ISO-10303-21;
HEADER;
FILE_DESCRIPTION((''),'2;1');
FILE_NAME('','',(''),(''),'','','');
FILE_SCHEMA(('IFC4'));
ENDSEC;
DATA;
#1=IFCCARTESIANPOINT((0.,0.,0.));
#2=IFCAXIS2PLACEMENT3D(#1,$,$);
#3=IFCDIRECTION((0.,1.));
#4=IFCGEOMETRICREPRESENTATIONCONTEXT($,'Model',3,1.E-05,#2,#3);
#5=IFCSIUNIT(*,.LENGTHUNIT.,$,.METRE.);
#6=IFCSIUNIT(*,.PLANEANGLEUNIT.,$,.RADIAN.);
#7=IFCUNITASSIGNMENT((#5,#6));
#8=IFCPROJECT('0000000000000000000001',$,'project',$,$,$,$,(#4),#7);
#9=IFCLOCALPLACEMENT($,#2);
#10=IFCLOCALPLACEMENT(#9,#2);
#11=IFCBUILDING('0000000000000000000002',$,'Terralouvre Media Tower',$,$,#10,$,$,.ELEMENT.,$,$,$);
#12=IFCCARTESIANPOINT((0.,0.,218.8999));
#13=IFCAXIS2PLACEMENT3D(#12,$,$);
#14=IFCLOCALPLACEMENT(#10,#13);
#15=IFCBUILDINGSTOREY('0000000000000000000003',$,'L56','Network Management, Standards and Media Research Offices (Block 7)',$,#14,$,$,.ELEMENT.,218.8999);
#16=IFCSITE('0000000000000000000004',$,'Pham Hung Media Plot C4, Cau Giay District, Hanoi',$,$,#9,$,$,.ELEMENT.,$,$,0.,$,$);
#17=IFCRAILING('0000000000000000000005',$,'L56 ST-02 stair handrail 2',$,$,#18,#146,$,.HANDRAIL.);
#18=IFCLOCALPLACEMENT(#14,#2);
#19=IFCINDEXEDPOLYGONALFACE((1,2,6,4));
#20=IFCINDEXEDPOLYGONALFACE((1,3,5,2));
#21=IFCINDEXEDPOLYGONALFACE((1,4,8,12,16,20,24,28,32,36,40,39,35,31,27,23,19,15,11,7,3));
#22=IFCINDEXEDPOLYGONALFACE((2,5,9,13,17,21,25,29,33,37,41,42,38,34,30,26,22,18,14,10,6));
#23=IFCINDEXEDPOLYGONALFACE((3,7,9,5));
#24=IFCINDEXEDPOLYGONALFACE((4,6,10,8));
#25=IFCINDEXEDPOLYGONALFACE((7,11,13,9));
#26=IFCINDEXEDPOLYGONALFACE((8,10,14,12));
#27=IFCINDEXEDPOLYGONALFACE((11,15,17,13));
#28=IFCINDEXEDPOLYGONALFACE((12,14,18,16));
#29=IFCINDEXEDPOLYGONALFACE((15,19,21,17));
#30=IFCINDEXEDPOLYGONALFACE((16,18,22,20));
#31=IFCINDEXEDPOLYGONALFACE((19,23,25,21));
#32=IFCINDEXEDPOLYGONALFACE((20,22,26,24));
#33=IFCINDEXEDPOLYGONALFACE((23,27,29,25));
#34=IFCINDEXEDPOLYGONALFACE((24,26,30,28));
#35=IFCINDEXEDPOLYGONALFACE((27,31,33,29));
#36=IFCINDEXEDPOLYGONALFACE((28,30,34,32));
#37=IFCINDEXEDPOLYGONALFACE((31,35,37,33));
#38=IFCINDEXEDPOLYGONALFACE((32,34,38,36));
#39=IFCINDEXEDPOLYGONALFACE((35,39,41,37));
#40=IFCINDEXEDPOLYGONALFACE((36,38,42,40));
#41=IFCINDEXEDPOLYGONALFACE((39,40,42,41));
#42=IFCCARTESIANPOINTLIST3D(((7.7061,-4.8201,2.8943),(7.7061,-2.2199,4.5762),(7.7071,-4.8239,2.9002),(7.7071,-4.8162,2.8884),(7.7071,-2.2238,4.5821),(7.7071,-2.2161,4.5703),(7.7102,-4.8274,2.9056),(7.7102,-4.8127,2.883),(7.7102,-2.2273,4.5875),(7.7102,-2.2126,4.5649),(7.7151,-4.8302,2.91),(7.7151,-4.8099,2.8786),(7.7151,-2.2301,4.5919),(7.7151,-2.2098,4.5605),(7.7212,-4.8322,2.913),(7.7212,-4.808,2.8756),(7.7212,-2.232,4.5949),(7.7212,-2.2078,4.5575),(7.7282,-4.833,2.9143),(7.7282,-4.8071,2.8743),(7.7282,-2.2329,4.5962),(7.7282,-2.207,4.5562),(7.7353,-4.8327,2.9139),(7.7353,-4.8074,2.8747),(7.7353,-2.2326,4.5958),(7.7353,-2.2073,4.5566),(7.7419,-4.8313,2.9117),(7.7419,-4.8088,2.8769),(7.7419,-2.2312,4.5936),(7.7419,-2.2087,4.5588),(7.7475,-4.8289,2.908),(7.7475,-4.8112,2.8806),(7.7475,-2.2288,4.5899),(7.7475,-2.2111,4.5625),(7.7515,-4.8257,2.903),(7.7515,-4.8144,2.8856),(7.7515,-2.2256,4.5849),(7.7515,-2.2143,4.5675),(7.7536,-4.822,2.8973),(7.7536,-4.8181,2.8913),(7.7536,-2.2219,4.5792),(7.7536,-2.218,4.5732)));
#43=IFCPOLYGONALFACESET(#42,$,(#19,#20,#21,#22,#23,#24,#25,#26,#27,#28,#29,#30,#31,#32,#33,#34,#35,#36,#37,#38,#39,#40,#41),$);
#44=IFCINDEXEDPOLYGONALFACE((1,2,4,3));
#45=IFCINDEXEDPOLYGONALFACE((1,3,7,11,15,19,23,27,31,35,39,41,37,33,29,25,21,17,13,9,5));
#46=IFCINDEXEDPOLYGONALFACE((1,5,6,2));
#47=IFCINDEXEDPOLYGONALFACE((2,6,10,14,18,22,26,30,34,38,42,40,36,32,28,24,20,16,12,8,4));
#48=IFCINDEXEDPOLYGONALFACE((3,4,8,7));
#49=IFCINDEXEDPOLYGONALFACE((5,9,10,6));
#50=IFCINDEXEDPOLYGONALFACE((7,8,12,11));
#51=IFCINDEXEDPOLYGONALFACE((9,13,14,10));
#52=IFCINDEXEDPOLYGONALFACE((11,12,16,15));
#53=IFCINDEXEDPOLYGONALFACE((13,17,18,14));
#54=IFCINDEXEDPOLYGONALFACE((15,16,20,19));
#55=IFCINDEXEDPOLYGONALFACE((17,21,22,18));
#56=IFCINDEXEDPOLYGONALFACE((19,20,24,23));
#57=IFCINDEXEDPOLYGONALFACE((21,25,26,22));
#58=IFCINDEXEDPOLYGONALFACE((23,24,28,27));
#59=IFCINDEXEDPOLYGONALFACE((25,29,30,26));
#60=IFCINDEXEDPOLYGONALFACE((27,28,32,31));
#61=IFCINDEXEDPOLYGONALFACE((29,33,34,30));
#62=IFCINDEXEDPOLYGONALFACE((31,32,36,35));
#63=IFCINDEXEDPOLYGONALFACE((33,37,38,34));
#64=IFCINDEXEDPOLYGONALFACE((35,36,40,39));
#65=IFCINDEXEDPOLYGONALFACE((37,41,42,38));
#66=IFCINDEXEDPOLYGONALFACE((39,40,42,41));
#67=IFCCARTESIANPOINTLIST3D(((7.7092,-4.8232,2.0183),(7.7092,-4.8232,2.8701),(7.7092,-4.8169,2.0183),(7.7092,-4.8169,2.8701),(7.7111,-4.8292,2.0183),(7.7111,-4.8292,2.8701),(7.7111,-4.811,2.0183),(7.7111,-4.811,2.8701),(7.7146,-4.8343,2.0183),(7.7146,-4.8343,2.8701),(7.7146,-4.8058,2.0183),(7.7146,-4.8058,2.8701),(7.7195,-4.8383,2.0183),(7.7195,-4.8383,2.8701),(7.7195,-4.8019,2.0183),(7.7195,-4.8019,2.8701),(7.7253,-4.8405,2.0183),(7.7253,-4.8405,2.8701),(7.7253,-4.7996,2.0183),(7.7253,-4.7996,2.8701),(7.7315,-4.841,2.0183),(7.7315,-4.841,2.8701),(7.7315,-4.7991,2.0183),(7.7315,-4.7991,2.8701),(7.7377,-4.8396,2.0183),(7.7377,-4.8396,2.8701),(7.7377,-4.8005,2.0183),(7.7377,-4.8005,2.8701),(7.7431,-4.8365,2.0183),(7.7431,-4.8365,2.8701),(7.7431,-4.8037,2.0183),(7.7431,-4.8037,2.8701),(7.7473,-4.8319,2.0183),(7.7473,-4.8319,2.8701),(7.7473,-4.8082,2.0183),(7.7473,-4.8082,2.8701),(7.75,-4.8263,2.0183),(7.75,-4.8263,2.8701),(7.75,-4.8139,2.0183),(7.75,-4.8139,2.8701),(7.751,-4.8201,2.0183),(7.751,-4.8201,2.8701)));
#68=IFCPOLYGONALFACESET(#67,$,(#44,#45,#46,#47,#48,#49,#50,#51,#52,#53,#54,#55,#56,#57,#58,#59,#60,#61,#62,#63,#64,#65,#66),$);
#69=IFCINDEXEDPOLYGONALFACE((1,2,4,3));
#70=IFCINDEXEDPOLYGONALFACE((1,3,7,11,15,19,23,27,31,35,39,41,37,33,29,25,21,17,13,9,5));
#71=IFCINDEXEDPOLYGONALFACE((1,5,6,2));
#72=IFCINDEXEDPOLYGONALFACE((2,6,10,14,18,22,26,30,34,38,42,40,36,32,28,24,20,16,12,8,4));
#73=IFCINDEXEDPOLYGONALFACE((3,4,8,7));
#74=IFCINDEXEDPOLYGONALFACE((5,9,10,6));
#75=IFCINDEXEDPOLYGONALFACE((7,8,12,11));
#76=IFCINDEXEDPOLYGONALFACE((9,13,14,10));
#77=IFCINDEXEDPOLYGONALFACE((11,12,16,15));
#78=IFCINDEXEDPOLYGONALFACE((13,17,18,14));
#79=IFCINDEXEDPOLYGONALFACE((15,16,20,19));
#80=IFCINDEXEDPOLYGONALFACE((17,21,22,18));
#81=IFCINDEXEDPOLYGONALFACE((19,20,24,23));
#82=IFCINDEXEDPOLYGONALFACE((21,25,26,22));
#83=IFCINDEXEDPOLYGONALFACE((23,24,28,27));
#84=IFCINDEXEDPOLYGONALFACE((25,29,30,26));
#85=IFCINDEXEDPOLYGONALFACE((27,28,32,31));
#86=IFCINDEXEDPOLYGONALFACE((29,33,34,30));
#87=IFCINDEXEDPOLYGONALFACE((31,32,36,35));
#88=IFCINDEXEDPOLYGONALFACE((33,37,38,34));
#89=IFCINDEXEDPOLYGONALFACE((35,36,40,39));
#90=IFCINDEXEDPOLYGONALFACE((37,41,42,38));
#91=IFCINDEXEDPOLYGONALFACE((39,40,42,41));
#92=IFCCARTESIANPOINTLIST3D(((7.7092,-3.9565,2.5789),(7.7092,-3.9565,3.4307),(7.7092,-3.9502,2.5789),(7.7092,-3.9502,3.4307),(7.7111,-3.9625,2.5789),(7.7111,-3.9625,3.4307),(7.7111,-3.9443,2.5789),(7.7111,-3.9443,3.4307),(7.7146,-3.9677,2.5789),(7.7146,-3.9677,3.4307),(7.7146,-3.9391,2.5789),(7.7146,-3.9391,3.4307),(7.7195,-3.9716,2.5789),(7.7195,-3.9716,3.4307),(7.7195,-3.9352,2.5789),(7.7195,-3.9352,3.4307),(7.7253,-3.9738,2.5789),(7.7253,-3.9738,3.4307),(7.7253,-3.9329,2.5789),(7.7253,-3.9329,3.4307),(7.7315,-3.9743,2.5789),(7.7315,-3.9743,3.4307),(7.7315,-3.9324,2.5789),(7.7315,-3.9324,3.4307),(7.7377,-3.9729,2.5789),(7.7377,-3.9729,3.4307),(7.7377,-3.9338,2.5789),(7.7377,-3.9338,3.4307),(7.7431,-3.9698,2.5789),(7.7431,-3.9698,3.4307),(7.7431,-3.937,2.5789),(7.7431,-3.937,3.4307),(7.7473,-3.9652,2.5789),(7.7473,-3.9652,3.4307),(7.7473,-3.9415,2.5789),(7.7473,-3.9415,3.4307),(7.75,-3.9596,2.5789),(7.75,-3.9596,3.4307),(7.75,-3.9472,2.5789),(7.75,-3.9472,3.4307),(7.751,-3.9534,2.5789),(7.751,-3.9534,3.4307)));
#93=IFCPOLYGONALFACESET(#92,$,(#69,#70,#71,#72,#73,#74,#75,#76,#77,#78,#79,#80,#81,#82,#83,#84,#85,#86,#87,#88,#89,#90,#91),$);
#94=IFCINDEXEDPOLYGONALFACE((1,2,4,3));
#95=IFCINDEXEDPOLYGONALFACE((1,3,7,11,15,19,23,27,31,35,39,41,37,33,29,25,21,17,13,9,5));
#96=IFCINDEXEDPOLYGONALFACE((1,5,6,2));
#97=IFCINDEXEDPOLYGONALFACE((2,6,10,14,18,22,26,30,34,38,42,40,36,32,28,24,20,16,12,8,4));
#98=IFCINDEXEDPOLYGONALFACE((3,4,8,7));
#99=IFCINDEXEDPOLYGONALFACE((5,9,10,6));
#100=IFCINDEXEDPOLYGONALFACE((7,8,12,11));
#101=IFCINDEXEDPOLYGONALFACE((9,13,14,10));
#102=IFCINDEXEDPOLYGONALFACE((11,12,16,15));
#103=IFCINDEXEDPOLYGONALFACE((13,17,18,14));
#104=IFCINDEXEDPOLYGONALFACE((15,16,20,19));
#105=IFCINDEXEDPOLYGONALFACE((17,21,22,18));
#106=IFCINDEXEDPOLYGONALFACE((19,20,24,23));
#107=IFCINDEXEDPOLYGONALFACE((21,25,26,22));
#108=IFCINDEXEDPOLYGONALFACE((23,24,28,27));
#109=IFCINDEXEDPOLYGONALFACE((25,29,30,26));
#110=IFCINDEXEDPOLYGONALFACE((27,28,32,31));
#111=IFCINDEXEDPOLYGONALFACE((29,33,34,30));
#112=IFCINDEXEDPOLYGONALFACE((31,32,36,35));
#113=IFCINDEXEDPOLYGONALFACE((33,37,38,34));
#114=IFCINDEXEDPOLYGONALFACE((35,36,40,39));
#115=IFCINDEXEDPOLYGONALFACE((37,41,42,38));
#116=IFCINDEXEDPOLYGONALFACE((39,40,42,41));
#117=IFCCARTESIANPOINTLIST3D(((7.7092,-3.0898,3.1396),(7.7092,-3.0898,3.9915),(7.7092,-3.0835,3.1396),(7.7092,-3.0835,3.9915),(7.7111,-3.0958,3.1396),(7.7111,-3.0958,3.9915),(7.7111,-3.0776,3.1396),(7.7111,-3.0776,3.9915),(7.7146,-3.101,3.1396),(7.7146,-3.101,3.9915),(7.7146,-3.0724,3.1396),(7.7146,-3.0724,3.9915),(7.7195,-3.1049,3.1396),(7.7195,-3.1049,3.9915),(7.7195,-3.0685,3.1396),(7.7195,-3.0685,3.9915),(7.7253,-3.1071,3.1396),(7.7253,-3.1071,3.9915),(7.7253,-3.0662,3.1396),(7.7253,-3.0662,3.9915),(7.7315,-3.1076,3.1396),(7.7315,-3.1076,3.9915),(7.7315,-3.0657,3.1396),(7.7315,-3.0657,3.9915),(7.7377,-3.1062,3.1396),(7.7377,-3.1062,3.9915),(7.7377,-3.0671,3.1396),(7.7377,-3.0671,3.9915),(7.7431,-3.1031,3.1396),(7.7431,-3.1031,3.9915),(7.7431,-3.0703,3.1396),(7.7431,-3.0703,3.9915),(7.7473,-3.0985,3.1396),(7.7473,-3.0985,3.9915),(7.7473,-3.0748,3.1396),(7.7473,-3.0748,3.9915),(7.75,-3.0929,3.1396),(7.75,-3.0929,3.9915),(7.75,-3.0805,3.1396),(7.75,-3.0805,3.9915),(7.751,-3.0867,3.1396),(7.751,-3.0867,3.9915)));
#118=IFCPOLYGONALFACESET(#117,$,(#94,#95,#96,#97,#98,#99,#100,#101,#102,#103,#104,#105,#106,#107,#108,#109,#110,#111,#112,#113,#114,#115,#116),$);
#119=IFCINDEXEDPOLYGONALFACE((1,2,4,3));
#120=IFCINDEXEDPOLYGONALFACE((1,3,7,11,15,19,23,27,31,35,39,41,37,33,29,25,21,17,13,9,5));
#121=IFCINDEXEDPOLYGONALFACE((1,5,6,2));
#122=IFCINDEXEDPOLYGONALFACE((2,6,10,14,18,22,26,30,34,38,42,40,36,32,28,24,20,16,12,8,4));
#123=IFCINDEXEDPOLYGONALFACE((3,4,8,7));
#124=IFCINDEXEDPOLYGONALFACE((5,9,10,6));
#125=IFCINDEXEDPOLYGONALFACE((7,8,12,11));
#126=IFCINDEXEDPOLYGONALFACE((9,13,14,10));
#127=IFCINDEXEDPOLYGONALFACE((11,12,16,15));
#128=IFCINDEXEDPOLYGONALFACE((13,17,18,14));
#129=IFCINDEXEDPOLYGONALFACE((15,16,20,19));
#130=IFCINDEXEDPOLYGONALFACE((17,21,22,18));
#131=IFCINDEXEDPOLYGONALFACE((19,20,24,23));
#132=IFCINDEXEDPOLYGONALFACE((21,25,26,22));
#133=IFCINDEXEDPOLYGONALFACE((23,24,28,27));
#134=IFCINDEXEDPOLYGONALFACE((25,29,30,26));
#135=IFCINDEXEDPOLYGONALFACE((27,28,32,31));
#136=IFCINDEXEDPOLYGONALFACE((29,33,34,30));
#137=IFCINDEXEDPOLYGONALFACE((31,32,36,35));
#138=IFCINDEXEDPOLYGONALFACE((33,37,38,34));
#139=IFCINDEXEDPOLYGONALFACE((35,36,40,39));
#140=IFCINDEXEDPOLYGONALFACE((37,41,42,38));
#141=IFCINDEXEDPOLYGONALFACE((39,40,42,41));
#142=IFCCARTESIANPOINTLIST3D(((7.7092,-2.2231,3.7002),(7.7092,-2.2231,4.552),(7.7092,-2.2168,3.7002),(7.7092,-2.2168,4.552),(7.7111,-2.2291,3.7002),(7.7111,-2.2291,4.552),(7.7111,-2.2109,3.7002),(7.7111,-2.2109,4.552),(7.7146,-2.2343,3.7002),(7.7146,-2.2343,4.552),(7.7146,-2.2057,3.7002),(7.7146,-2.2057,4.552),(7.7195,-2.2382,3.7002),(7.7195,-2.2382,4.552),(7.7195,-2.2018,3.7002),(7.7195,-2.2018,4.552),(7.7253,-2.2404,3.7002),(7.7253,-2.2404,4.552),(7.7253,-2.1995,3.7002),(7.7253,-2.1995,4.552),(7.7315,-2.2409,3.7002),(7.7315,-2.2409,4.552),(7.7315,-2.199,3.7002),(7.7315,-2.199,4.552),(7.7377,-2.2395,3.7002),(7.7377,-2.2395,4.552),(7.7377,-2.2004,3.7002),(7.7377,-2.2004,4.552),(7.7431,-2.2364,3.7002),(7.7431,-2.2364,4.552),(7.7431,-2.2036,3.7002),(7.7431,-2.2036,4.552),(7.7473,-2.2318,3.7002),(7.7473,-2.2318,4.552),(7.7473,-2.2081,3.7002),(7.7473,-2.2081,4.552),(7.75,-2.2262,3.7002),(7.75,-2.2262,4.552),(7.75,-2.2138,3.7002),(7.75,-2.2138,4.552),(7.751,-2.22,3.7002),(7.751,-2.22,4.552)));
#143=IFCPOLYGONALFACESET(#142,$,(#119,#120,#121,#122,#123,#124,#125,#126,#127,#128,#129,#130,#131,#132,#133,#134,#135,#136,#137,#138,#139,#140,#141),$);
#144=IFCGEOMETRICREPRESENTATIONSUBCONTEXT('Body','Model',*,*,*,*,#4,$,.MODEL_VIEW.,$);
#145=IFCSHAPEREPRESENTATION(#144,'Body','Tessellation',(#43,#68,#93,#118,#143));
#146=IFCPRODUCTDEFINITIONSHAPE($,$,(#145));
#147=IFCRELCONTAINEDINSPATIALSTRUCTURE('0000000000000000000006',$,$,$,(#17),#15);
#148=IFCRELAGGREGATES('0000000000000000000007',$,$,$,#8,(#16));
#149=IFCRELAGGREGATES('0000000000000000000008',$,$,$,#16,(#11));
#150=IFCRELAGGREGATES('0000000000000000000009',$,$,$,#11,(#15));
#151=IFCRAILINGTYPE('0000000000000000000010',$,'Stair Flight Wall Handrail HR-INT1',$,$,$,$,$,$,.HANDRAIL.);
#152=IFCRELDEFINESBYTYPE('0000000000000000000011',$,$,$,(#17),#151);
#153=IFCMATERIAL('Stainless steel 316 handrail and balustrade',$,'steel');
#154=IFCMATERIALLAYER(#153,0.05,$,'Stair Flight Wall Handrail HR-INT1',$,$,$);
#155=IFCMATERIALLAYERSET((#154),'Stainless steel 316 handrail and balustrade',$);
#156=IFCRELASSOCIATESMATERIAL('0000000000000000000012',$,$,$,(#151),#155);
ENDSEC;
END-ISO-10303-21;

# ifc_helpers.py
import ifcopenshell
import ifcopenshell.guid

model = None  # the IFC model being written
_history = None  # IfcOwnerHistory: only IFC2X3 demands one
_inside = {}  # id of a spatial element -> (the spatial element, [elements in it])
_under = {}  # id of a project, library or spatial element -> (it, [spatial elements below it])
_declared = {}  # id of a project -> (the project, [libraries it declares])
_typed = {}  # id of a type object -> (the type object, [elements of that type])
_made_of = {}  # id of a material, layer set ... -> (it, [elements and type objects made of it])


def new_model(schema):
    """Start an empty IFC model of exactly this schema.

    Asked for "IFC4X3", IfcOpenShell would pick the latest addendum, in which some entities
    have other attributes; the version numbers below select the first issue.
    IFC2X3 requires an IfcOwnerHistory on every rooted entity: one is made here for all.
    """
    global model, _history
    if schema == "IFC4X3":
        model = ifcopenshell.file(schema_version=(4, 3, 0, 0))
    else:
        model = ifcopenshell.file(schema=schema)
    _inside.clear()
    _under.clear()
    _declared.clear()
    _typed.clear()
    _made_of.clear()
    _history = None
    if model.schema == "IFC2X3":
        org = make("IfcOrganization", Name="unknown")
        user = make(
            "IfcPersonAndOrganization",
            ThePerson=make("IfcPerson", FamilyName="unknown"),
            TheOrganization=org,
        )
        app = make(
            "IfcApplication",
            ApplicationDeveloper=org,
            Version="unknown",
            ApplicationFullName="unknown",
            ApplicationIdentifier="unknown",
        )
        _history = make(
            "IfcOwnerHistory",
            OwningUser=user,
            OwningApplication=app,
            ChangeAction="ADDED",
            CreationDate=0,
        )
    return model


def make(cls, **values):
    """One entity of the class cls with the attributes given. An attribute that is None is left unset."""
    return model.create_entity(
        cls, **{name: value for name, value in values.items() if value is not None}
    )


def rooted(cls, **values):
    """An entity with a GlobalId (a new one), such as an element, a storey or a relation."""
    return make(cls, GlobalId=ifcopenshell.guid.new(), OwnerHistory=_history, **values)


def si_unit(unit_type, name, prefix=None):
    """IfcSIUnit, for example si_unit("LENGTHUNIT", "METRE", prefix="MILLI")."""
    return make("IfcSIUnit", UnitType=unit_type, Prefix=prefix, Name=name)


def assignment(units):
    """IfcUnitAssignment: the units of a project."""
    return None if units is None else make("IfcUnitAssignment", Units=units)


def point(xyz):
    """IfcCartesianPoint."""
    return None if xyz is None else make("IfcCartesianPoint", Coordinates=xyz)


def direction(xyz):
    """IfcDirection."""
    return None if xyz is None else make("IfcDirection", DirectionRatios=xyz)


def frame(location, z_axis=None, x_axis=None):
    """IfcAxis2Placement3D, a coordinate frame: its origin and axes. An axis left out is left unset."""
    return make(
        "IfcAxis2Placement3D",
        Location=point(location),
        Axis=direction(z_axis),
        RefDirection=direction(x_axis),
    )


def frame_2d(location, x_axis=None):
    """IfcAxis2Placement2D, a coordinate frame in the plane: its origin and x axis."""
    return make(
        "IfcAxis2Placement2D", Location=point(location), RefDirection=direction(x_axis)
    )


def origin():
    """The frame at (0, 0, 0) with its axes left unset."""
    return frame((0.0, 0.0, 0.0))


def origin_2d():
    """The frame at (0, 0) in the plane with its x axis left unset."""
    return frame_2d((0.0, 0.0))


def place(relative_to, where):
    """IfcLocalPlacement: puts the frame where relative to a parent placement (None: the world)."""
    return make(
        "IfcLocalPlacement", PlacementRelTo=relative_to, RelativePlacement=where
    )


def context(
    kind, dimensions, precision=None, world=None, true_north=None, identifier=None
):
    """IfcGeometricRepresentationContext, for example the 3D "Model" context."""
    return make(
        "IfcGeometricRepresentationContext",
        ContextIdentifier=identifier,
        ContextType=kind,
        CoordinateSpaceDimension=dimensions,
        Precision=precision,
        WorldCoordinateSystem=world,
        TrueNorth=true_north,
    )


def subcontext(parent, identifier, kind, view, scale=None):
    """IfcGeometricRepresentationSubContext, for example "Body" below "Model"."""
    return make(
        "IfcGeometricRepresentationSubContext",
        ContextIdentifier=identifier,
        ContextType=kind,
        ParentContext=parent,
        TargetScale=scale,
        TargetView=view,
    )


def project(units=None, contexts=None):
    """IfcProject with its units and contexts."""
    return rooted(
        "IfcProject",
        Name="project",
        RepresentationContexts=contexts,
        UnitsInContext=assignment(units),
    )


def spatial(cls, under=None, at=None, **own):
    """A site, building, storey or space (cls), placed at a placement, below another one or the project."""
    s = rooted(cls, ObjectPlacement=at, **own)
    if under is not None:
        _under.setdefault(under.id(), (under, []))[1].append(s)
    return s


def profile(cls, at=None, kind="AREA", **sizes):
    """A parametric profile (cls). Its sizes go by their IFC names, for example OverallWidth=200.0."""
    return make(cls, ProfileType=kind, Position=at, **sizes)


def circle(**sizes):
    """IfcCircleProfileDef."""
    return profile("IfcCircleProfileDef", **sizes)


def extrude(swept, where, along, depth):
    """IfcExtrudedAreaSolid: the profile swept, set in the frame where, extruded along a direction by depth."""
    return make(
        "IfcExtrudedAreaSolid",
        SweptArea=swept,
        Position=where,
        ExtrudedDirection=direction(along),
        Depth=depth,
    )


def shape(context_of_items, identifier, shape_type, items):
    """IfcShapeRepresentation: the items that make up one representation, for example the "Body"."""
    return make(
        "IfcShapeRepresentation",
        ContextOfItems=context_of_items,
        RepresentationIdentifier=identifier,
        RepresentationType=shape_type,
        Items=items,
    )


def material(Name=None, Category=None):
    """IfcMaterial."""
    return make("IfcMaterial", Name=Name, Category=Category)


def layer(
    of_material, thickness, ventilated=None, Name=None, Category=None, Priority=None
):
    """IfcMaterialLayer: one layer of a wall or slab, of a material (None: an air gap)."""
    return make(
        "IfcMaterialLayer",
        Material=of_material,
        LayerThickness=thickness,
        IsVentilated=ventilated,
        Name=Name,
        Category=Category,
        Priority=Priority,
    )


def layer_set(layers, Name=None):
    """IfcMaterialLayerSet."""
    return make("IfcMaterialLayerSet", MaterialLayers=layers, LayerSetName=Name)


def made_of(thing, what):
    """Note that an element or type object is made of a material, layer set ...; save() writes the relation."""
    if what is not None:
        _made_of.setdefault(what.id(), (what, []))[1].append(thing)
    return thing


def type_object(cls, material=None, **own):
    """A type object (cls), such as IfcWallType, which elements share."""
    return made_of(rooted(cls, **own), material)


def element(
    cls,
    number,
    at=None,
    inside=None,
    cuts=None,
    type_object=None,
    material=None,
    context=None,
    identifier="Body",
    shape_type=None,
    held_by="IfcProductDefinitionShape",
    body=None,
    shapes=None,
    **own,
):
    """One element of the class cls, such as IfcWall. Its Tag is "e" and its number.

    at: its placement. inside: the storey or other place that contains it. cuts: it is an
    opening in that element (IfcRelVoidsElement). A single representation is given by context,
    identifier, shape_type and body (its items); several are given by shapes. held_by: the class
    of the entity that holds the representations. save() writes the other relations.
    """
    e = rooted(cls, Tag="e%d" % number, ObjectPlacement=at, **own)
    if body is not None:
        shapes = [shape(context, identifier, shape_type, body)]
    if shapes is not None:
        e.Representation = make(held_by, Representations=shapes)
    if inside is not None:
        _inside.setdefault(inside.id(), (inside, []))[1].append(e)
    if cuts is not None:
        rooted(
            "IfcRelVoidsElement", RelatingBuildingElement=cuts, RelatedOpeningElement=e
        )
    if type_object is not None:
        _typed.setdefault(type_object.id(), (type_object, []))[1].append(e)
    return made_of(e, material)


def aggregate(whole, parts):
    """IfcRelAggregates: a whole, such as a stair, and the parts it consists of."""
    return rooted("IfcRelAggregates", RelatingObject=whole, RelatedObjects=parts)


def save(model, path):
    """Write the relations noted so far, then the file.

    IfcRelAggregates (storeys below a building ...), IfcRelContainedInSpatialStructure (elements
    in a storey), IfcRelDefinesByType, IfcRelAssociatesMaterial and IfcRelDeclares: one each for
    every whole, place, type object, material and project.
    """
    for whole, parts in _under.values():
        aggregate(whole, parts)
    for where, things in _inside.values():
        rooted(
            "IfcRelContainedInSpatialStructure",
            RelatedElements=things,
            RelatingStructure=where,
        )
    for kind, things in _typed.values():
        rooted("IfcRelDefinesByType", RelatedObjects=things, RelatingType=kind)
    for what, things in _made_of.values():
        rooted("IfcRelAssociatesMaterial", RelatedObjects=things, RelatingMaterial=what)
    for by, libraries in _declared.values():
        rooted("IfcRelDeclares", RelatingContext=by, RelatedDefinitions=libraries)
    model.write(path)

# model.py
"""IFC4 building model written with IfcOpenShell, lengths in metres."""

from ifc_helpers import new_model, si_unit, direction, frame, origin, origin_2d, place, context, subcontext, project, spatial, circle, extrude, material, layer, layer_set, type_object, element, save


model = new_model("IFC4")

# Units and contexts
model_context = context("Model", 3, precision=1e-05, world=origin(), true_north=direction((0.0, 1.0)))
body_context = subcontext(model_context, "Body", "Model", "MODEL_VIEW")
ifc_project = project(units=[si_unit("LENGTHUNIT", "METRE"), si_unit("PLANEANGLEUNIT", "RADIAN")], contexts=[model_context])

# Site, building, storey
site_placement = place(None, origin())
site = spatial("IfcSite", under=ifc_project, at=site_placement, Name="Pham Hung Media Plot C4, Cau Giay District, Hanoi", CompositionType="ELEMENT", RefElevation=0.0)
building_placement = place(site_placement, origin())
building = spatial("IfcBuilding", under=site, at=building_placement, Name="Terralouvre Media Tower", CompositionType="ELEMENT")
storey_placement = place(building_placement, frame((0.0, 0.0, 218.8999)))
storey = spatial("IfcBuildingStorey", under=building, at=storey_placement, Name="L56", Description="Network Management, Standards and Media Research Offices (Block 7)", CompositionType="ELEMENT", Elevation=218.8999)

# Railing
ifc_material_1 = material(Name="Stainless steel 316 handrail and balustrade", Category="steel")
ifc_layer_1 = layer(ifc_material_1, 0.05, Name="Stair Flight Wall Handrail HR-INT1")
ifc_layer_set_1 = layer_set([ifc_layer_1], Name="Stainless steel 316 handrail and balustrade")
railing_type_1 = type_object("IfcRailingType", Name="Stair Flight Wall Handrail HR-INT1", PredefinedType="HANDRAIL", material=ifc_layer_set_1)
railing_1_placement = place(storey_placement, frame((7.73, -4.8201, 2.0183)))
element("IfcRailing", 1, at=railing_1_placement, inside=storey, type_object=railing_type_1, Name="L56 ST-02 stair handrail 2", PredefinedType="HANDRAIL", context=body_context, shape_type="SweptSolid", body=[
    extrude(circle(Radius=0.0239, at=origin_2d()), frame((0.0, 0.0, 0.876), z_axis=(0.0, 0.839648, 0.54313), x_axis=(-1.0, 0.0, 0.0)), (0.0, 0.0, 1.0), 3.0967),
    extrude(circle(Radius=0.021, at=origin_2d()), origin(), (0.0, 0.0, 1.0), 0.8518),
    extrude(circle(Radius=0.021, at=origin_2d()), frame((0.0, 0.8667, 0.5605)), (0.0, 0.0, 1.0), 0.8518),
    extrude(circle(Radius=0.021, at=origin_2d()), frame((0.0, 1.7334, 1.1213)), (0.0, 0.0, 1.0), 0.8518),
    extrude(circle(Radius=0.021, at=origin_2d()), frame((0.0, 2.6001, 1.6819)), (0.0, 0.0, 1.0), 0.8518),
])

save(model, "model.ifc")
